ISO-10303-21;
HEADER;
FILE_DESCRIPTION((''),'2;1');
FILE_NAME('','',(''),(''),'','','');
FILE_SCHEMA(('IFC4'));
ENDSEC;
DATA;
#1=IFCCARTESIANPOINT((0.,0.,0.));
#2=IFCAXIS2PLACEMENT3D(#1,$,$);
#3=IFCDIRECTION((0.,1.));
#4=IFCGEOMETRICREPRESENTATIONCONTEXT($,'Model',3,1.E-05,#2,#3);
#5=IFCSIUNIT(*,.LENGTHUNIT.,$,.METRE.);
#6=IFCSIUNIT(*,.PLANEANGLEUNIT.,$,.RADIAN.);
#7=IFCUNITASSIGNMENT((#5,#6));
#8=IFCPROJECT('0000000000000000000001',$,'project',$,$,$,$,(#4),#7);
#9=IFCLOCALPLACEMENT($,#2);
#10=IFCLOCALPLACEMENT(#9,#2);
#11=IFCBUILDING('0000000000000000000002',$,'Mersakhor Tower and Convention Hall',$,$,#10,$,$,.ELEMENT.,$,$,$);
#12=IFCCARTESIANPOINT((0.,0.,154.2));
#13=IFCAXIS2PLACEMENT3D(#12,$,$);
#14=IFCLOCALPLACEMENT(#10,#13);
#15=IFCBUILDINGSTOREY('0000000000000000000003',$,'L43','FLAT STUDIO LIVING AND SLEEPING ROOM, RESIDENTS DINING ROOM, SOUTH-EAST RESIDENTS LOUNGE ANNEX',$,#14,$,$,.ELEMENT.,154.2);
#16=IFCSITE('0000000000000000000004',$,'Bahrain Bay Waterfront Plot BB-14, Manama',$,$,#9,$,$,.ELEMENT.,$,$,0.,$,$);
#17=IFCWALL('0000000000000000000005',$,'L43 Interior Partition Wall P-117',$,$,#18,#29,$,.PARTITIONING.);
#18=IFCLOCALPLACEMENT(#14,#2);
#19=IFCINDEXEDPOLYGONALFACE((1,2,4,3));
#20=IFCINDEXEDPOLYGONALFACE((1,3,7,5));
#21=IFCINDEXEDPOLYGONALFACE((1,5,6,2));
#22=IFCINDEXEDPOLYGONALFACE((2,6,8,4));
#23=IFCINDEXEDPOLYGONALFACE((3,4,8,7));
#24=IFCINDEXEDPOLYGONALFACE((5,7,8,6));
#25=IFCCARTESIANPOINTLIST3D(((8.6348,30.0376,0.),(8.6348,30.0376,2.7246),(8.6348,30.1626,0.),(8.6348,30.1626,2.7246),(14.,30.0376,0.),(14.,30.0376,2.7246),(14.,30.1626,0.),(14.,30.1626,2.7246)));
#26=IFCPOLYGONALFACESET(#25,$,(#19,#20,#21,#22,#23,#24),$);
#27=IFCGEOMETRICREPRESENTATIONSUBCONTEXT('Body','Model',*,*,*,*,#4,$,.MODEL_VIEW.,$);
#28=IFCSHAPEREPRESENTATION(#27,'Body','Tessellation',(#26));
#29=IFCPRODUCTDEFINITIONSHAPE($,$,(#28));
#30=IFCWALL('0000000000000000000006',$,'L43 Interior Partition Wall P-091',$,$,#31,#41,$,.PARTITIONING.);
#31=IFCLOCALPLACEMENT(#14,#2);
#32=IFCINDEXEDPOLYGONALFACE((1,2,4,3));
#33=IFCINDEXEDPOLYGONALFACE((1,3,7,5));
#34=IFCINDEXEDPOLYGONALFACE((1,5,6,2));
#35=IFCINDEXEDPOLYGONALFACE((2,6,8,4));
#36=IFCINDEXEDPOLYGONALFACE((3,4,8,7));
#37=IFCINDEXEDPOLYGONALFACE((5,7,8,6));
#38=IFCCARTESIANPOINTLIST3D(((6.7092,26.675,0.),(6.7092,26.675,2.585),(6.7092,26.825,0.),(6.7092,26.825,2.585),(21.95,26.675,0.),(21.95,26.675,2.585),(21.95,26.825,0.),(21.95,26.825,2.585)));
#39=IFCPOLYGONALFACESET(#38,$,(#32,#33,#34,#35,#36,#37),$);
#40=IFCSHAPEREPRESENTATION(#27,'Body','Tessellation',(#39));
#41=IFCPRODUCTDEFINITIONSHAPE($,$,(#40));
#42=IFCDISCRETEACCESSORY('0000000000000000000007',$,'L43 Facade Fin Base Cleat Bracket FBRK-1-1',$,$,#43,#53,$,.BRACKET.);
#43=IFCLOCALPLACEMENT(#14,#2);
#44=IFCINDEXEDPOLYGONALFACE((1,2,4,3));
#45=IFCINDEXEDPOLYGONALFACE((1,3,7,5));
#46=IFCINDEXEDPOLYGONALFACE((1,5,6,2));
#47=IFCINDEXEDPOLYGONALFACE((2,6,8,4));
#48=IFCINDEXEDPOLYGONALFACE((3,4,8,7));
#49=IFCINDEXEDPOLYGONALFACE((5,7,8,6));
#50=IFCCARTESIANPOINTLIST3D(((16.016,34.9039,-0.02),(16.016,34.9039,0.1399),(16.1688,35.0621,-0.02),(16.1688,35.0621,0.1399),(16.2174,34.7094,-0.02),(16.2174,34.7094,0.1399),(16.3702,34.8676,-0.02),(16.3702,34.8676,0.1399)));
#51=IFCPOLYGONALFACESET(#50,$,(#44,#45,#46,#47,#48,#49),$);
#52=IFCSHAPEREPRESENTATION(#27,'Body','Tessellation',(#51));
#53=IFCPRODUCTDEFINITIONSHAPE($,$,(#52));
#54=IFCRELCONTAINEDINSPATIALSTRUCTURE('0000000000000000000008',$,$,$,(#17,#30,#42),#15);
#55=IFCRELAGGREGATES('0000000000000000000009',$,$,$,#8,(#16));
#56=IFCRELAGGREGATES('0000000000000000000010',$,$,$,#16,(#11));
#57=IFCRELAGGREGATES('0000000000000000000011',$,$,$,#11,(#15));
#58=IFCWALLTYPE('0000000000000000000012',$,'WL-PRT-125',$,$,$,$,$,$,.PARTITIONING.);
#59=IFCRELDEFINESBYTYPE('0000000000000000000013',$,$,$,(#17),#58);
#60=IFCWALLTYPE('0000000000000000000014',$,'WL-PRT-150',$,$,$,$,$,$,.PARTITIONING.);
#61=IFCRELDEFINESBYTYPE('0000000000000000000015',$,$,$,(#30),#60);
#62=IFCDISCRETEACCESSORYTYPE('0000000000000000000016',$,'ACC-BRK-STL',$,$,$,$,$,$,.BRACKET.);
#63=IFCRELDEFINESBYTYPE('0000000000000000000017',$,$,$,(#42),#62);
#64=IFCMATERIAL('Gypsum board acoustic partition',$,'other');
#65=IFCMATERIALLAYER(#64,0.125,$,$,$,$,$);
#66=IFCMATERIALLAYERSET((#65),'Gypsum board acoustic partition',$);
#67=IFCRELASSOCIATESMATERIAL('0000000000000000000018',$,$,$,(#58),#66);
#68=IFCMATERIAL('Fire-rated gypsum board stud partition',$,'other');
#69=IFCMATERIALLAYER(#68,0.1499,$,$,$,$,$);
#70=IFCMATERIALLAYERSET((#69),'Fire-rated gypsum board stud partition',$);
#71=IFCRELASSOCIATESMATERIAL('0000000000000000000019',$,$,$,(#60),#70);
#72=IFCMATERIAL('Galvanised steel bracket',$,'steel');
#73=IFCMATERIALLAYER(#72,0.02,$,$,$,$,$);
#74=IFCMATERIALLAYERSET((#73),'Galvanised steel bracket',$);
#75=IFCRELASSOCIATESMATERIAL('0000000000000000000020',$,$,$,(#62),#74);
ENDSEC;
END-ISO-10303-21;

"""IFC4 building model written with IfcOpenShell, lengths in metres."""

from ifc_helpers import new_model, si_unit, direction, frame, frame_2d, origin, origin_2d, place, context, subcontext, project, spatial, rectangle, extrude, material, layer, layer_set, type_object, element, save


model = new_model("IFC4")

# Units and contexts
model_context = context("Model", 3, precision=1e-05, world=origin(), true_north=direction((0.0, 1.0)))
body_context = subcontext(model_context, "Body", "Model", "MODEL_VIEW")
ifc_project = project(units=[si_unit("LENGTHUNIT", "METRE"), si_unit("PLANEANGLEUNIT", "RADIAN")], contexts=[model_context])

# Site, building, storey
site_placement = place(None, origin())
site = spatial("IfcSite", under=ifc_project, at=site_placement, Name="Bahrain Bay Waterfront Plot BB-14, Manama", CompositionType="ELEMENT", RefElevation=0.0)
building_placement = place(site_placement, origin())
building = spatial("IfcBuilding", under=site, at=building_placement, Name="Mersakhor Tower and Convention Hall", CompositionType="ELEMENT")
storey_placement = place(building_placement, frame((0.0, 0.0, 154.2)))
storey = spatial("IfcBuildingStorey", under=building, at=storey_placement, Name="L43", Description="FLAT STUDIO LIVING AND SLEEPING ROOM, RESIDENTS DINING ROOM, SOUTH-EAST RESIDENTS LOUNGE ANNEX", CompositionType="ELEMENT", Elevation=154.2)

# Shared definitions
ifc_material_1 = material(Name="Gypsum board acoustic partition", Category="other")
ifc_layer_1 = layer(ifc_material_1, 0.125)
ifc_layer_set_1 = layer_set([ifc_layer_1], Name="Gypsum board acoustic partition")
wall_type_1 = type_object("IfcWallType", Name="WL-PRT-125", PredefinedType="PARTITIONING", material=ifc_layer_set_1)

# Walls
wall_1_placement = place(storey_placement, frame((8.6348, 30.1001, 0.0), z_axis=(0.0, 0.0, 1.0), x_axis=(1.0, 0.0, 0.0)))
element("IfcWall", 1, at=wall_1_placement, inside=storey, type_object=wall_type_1, Name="L43 Interior Partition Wall P-117", PredefinedType="PARTITIONING", context=body_context, shape_type="SweptSolid", body=[
    extrude(rectangle(XDim=5.3652, YDim=0.125, at=frame_2d((2.6826, 0.0))), origin(), (0.0, 0.0, 1.0), 2.7246),
])
ifc_material_2 = material(Name="Fire-rated gypsum board stud partition", Category="other")
ifc_layer_2 = layer(ifc_material_2, 0.1499)
ifc_layer_set_2 = layer_set([ifc_layer_2], Name="Fire-rated gypsum board stud partition")
wall_type_2 = type_object("IfcWallType", Name="WL-PRT-150", PredefinedType="PARTITIONING", material=ifc_layer_set_2)
wall_2_placement = place(storey_placement, frame((6.7092, 26.75, 0.0), z_axis=(0.0, 0.0, 1.0), x_axis=(1.0, 0.0, 0.0)))
element("IfcWall", 2, at=wall_2_placement, inside=storey, type_object=wall_type_2, Name="L43 Interior Partition Wall P-091", PredefinedType="PARTITIONING", context=body_context, shape_type="SweptSolid", body=[
    extrude(rectangle(XDim=15.2407, YDim=0.1499, at=frame_2d((7.6204, 0.0))), origin(), (0.0, 0.0, 1.0), 2.585),
])

# Discrete accessory
ifc_material_3 = material(Name="Galvanised steel bracket", Category="steel")
ifc_layer_3 = layer(ifc_material_3, 0.02)
ifc_layer_set_3 = layer_set([ifc_layer_3], Name="Galvanised steel bracket")
discrete_accessory_type = type_object("IfcDiscreteAccessoryType", Name="ACC-BRK-STL", PredefinedType="BRACKET", material=ifc_layer_set_3)
discrete_accessory_placement = place(storey_placement, frame((16.1931, 34.8857, -0.02), z_axis=(0.0, 0.0, 1.0), x_axis=(-0.71934, 0.694658, 0.0)))
element("IfcDiscreteAccessory", 3, at=discrete_accessory_placement, inside=storey, type_object=discrete_accessory_type, Name="L43 Facade Fin Base Cleat Bracket FBRK-1-1", PredefinedType="BRACKET", context=body_context, shape_type="SweptSolid", body=[
    extrude(rectangle(XDim=0.28, YDim=0.22, at=origin_2d()), origin(), (0.0, 0.0, 1.0), 0.1599),
])

save(model, "model.ifc")
